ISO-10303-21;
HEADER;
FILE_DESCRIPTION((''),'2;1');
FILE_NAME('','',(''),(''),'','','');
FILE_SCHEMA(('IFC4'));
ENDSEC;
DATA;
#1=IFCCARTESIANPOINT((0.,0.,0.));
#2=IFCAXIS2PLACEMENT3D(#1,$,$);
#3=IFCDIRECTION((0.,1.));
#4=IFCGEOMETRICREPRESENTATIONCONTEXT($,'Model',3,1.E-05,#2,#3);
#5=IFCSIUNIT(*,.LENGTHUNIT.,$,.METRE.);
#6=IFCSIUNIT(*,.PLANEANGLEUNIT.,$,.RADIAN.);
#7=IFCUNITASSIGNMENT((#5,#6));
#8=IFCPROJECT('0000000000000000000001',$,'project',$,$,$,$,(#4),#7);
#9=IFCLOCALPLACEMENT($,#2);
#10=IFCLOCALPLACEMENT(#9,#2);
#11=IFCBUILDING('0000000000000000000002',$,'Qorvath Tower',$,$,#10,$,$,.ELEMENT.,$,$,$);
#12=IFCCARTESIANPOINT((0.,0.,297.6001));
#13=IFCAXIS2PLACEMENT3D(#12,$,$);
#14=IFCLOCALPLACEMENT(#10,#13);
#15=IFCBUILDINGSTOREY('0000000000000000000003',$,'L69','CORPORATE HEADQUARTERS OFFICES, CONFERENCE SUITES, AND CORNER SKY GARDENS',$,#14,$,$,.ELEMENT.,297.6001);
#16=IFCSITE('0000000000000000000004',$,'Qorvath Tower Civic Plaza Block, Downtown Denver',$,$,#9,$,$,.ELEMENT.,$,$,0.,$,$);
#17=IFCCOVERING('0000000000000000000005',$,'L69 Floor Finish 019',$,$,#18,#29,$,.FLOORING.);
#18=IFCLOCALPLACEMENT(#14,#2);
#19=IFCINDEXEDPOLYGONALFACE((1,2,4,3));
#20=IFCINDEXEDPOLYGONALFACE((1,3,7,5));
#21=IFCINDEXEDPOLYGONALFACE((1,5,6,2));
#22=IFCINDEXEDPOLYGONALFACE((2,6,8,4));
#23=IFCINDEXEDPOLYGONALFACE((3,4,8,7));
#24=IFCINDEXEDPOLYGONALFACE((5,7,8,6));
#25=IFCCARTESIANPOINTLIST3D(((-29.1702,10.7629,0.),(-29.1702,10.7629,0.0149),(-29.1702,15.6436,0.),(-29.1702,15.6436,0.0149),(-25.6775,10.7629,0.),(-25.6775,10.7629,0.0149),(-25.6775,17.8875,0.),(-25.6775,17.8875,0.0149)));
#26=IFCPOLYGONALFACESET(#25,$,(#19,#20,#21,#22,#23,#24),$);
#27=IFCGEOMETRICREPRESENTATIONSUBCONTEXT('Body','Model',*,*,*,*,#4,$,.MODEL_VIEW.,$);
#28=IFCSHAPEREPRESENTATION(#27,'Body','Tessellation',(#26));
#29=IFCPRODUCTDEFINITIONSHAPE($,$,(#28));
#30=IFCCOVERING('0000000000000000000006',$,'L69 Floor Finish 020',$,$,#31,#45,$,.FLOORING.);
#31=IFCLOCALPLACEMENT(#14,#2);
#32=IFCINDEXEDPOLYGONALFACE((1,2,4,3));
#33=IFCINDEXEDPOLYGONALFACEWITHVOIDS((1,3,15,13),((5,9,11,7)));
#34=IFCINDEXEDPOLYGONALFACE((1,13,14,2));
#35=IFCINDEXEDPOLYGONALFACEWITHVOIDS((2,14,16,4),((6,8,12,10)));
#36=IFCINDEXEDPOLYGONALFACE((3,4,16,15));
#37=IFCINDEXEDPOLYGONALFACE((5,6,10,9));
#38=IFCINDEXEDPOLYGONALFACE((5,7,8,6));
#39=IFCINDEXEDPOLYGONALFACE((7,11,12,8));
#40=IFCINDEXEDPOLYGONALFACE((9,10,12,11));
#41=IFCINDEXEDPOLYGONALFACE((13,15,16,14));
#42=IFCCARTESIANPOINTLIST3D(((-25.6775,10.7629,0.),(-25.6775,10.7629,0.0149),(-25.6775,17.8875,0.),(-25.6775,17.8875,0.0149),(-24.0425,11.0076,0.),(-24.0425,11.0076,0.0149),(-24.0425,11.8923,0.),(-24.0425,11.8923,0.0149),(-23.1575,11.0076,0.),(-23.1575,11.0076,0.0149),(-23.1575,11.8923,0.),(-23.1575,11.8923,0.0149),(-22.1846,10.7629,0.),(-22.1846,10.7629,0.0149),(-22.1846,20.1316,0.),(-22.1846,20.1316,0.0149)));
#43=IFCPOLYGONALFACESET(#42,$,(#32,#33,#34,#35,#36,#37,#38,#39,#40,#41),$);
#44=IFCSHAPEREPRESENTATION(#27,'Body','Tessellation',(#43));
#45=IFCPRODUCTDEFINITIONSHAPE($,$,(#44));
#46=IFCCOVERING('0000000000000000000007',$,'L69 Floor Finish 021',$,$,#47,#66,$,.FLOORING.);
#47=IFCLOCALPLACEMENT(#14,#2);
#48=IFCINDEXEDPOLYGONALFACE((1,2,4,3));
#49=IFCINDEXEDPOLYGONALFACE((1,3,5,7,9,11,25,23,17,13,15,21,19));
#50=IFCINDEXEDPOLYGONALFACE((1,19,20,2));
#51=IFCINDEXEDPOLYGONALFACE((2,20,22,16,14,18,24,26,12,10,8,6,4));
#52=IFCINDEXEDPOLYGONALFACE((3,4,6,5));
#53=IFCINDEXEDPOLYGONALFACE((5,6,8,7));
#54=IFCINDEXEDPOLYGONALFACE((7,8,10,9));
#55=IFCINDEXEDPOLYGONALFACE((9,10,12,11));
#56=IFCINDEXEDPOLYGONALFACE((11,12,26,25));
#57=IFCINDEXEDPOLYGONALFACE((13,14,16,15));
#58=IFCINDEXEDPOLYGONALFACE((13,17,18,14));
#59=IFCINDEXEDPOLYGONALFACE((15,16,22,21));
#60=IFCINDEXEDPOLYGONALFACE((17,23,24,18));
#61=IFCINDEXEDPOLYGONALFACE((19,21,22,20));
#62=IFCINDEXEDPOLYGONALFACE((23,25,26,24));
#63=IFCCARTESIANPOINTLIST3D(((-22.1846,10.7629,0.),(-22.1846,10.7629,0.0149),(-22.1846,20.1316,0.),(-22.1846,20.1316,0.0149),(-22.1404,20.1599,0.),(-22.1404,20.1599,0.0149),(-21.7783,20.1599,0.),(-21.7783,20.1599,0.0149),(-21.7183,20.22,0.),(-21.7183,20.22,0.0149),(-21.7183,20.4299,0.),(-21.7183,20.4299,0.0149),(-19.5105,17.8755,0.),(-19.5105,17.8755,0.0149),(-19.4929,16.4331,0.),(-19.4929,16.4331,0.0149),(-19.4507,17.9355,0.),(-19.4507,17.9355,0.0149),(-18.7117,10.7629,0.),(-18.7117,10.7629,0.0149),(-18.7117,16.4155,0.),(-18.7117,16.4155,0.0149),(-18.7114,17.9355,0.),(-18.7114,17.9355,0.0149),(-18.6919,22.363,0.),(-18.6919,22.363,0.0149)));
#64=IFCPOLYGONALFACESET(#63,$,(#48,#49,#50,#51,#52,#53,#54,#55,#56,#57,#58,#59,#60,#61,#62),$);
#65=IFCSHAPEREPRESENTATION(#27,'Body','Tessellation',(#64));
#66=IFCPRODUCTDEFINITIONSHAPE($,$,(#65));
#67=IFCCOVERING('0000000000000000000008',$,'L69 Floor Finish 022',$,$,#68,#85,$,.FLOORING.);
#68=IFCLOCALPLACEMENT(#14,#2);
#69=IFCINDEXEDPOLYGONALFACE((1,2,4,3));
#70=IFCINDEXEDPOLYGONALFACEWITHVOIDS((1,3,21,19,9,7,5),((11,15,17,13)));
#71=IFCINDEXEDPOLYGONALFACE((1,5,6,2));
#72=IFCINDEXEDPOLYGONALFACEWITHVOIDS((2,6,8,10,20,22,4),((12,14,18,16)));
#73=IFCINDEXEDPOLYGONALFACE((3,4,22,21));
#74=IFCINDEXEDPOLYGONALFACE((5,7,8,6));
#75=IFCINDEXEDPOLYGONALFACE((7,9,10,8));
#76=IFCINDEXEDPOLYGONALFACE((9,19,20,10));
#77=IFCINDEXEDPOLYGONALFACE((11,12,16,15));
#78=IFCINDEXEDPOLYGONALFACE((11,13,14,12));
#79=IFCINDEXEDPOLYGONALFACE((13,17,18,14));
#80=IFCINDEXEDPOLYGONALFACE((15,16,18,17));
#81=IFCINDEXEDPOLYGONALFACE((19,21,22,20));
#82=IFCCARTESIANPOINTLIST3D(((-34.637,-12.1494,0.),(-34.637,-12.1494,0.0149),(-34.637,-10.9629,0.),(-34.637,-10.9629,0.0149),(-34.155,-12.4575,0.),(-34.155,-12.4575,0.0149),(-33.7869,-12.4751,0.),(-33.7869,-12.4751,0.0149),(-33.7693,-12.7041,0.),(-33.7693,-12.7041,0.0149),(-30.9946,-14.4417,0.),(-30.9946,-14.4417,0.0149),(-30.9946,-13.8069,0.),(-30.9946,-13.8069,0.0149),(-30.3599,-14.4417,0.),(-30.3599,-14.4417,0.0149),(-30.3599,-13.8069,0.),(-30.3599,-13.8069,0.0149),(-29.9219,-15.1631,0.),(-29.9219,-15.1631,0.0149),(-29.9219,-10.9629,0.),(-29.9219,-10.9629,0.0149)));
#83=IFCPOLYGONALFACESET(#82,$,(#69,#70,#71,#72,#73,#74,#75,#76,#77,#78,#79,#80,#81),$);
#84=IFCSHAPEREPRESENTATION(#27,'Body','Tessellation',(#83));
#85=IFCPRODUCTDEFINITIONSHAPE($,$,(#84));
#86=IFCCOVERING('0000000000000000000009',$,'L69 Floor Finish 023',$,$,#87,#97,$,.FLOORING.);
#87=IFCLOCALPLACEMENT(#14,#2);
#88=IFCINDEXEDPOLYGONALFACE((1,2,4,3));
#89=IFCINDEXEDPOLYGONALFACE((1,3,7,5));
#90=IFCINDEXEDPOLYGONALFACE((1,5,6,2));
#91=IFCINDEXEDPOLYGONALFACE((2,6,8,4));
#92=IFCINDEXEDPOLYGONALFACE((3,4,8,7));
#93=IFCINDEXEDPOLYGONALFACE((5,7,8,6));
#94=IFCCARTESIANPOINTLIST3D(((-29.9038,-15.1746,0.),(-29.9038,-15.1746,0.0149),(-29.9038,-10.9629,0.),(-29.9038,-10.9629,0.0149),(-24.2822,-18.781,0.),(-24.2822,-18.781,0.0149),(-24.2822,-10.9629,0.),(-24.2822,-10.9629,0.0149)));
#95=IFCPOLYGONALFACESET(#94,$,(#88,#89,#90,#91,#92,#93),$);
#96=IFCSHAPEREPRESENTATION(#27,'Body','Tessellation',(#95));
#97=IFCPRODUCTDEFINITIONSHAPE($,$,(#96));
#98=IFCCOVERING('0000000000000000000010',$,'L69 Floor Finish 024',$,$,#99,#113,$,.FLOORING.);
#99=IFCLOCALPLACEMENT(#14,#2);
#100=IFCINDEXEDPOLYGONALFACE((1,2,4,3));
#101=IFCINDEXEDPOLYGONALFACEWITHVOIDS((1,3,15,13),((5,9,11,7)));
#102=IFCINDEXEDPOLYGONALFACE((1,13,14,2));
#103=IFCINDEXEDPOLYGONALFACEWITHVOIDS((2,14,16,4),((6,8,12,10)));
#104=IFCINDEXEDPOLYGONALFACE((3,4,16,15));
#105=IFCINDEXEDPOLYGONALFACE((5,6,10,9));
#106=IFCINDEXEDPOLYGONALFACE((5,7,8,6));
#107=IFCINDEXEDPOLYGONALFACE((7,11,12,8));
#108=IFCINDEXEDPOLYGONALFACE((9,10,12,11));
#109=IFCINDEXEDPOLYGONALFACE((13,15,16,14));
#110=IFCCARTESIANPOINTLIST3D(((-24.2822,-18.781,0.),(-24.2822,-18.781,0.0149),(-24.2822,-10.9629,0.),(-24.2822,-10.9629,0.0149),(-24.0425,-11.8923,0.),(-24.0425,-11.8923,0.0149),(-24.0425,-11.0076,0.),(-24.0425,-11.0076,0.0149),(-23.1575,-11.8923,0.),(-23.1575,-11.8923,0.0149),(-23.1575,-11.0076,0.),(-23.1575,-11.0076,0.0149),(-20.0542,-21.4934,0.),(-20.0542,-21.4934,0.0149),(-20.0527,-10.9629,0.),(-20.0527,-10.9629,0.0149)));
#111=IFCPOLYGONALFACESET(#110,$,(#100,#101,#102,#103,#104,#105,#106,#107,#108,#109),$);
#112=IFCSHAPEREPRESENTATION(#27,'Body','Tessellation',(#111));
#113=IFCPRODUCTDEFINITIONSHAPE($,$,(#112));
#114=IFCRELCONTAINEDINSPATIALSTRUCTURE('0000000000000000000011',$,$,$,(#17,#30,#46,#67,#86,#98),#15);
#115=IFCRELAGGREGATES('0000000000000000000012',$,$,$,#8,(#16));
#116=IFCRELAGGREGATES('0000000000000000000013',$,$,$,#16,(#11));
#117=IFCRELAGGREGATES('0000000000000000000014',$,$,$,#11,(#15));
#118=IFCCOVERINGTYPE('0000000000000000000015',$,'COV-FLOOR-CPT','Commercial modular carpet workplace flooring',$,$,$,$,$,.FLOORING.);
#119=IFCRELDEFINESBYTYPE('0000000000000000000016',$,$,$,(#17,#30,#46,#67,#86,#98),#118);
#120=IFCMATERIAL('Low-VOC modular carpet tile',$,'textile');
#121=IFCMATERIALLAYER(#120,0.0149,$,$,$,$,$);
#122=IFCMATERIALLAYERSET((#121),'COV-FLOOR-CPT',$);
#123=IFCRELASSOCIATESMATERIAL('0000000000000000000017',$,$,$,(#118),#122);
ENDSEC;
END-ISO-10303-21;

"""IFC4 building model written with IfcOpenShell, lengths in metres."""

from ifc_helpers import new_model, si_unit, direction, frame, origin, place, context, subcontext, project, spatial, polyline, outline, extrude, material, layer, layer_set, type_object, element, save


model = new_model("IFC4")

# Units and contexts
model_context = context("Model", 3, precision=1e-05, world=origin(), true_north=direction((0.0, 1.0)))
body_context = subcontext(model_context, "Body", "Model", "MODEL_VIEW")
ifc_project = project(units=[si_unit("LENGTHUNIT", "METRE"), si_unit("PLANEANGLEUNIT", "RADIAN")], contexts=[model_context])

# Site, building, storey
site_placement = place(None, origin())
site = spatial("IfcSite", under=ifc_project, at=site_placement, Name="Qorvath Tower Civic Plaza Block, Downtown Denver", CompositionType="ELEMENT", RefElevation=0.0)
building_placement = place(site_placement, origin())
building = spatial("IfcBuilding", under=site, at=building_placement, Name="Qorvath Tower", CompositionType="ELEMENT")
storey_placement = place(building_placement, frame((0.0, 0.0, 297.6001)))
storey = spatial("IfcBuildingStorey", under=building, at=storey_placement, Name="L69", Description="CORPORATE HEADQUARTERS OFFICES, CONFERENCE SUITES, AND CORNER SKY GARDENS", CompositionType="ELEMENT", Elevation=297.6001)

# Coverings
ifc_material_1 = material(Name="Low-VOC modular carpet tile", Category="textile")
ifc_layer_1 = layer(ifc_material_1, 0.0149)
ifc_layer_set_1 = layer_set([ifc_layer_1], Name="COV-FLOOR-CPT")
covering_type_1 = type_object("IfcCoveringType", Name="COV-FLOOR-CPT", Description="Commercial modular carpet workplace flooring", PredefinedType="FLOORING", material=ifc_layer_set_1)
covering_1_placement = place(storey_placement, origin())
element("IfcCovering", 1, at=covering_1_placement, inside=storey, type_object=covering_type_1, Name="L69 Floor Finish 019", PredefinedType="FLOORING", context=body_context, shape_type="SweptSolid", body=[
    extrude(outline(polyline([(-25.6775, 10.7629), (-25.6775, 17.8875), (-29.1702, 15.6436), (-29.1702, 10.7629), (-25.6775, 10.7629)])), origin(), (0.0, 0.0, 1.0), 0.0149),
])
covering_2_placement = place(storey_placement, origin())
element("IfcCovering", 2, at=covering_2_placement, inside=storey, type_object=covering_type_1, Name="L69 Floor Finish 020", PredefinedType="FLOORING", context=body_context, shape_type="SweptSolid", body=[
    extrude(outline(polyline([(-22.1846, 10.7629), (-22.1846, 20.1316), (-25.6775, 17.8875), (-25.6775, 10.7629), (-22.1846, 10.7629)]), holes=[polyline([(-24.0425, 11.0076), (-24.0425, 11.8923), (-23.1575, 11.8923), (-23.1575, 11.0076), (-24.0425, 11.0076)])]), origin(), (0.0, 0.0, 1.0), 0.0149),
])
covering_3_placement = place(storey_placement, origin())
element("IfcCovering", 3, at=covering_3_placement, inside=storey, type_object=covering_type_1, Name="L69 Floor Finish 021", PredefinedType="FLOORING", context=body_context, shape_type="SweptSolid", body=[
    extrude(outline(polyline([(-21.7783, 20.1599), (-22.1404, 20.1599), (-22.1846, 20.1316), (-22.1846, 10.7629), (-18.7117, 10.7629), (-18.7117, 16.4155), (-19.4929, 16.4331), (-19.5105, 17.8755), (-19.4507, 17.9355), (-18.7114, 17.9355), (-18.6919, 22.363), (-21.7183, 20.4299), (-21.7183, 20.22), (-21.7783, 20.1599)])), origin(), (0.0, 0.0, 1.0), 0.0149),
])
covering_4_placement = place(storey_placement, origin())
element("IfcCovering", 4, at=covering_4_placement, inside=storey, type_object=covering_type_1, Name="L69 Floor Finish 022", PredefinedType="FLOORING", context=body_context, shape_type="SweptSolid", body=[
    extrude(outline(polyline([(-34.637, -12.1494), (-34.155, -12.4575), (-33.7869, -12.4751), (-33.7693, -12.7041), (-29.9219, -15.1631), (-29.9219, -10.9629), (-34.637, -10.9629), (-34.637, -12.1494)]), holes=[polyline([(-30.9946, -13.8069), (-30.3599, -13.8069), (-30.3599, -14.4417), (-30.9946, -14.4417), (-30.9946, -13.8069)])]), origin(), (0.0, 0.0, 1.0), 0.0149),
])
covering_5_placement = place(storey_placement, origin())
element("IfcCovering", 5, at=covering_5_placement, inside=storey, type_object=covering_type_1, Name="L69 Floor Finish 023", PredefinedType="FLOORING", context=body_context, shape_type="SweptSolid", body=[
    extrude(outline(polyline([(-29.9038, -10.9629), (-29.9038, -15.1746), (-24.2822, -18.781), (-24.2822, -10.9629), (-29.9038, -10.9629)])), origin(), (0.0, 0.0, 1.0), 0.0149),
])
covering_6_placement = place(storey_placement, origin())
element("IfcCovering", 6, at=covering_6_placement, inside=storey, type_object=covering_type_1, Name="L69 Floor Finish 024", PredefinedType="FLOORING", context=body_context, shape_type="SweptSolid", body=[
    extrude(outline(polyline([(-24.2822, -10.9629), (-24.2822, -18.781), (-20.0542, -21.4934), (-20.0527, -10.9629), (-24.2822, -10.9629)]), holes=[polyline([(-24.0425, -11.8923), (-24.0425, -11.0076), (-23.1575, -11.0076), (-23.1575, -11.8923), (-24.0425, -11.8923)])]), origin(), (0.0, 0.0, 1.0), 0.0149),
])

save(model, "model.ifc")
